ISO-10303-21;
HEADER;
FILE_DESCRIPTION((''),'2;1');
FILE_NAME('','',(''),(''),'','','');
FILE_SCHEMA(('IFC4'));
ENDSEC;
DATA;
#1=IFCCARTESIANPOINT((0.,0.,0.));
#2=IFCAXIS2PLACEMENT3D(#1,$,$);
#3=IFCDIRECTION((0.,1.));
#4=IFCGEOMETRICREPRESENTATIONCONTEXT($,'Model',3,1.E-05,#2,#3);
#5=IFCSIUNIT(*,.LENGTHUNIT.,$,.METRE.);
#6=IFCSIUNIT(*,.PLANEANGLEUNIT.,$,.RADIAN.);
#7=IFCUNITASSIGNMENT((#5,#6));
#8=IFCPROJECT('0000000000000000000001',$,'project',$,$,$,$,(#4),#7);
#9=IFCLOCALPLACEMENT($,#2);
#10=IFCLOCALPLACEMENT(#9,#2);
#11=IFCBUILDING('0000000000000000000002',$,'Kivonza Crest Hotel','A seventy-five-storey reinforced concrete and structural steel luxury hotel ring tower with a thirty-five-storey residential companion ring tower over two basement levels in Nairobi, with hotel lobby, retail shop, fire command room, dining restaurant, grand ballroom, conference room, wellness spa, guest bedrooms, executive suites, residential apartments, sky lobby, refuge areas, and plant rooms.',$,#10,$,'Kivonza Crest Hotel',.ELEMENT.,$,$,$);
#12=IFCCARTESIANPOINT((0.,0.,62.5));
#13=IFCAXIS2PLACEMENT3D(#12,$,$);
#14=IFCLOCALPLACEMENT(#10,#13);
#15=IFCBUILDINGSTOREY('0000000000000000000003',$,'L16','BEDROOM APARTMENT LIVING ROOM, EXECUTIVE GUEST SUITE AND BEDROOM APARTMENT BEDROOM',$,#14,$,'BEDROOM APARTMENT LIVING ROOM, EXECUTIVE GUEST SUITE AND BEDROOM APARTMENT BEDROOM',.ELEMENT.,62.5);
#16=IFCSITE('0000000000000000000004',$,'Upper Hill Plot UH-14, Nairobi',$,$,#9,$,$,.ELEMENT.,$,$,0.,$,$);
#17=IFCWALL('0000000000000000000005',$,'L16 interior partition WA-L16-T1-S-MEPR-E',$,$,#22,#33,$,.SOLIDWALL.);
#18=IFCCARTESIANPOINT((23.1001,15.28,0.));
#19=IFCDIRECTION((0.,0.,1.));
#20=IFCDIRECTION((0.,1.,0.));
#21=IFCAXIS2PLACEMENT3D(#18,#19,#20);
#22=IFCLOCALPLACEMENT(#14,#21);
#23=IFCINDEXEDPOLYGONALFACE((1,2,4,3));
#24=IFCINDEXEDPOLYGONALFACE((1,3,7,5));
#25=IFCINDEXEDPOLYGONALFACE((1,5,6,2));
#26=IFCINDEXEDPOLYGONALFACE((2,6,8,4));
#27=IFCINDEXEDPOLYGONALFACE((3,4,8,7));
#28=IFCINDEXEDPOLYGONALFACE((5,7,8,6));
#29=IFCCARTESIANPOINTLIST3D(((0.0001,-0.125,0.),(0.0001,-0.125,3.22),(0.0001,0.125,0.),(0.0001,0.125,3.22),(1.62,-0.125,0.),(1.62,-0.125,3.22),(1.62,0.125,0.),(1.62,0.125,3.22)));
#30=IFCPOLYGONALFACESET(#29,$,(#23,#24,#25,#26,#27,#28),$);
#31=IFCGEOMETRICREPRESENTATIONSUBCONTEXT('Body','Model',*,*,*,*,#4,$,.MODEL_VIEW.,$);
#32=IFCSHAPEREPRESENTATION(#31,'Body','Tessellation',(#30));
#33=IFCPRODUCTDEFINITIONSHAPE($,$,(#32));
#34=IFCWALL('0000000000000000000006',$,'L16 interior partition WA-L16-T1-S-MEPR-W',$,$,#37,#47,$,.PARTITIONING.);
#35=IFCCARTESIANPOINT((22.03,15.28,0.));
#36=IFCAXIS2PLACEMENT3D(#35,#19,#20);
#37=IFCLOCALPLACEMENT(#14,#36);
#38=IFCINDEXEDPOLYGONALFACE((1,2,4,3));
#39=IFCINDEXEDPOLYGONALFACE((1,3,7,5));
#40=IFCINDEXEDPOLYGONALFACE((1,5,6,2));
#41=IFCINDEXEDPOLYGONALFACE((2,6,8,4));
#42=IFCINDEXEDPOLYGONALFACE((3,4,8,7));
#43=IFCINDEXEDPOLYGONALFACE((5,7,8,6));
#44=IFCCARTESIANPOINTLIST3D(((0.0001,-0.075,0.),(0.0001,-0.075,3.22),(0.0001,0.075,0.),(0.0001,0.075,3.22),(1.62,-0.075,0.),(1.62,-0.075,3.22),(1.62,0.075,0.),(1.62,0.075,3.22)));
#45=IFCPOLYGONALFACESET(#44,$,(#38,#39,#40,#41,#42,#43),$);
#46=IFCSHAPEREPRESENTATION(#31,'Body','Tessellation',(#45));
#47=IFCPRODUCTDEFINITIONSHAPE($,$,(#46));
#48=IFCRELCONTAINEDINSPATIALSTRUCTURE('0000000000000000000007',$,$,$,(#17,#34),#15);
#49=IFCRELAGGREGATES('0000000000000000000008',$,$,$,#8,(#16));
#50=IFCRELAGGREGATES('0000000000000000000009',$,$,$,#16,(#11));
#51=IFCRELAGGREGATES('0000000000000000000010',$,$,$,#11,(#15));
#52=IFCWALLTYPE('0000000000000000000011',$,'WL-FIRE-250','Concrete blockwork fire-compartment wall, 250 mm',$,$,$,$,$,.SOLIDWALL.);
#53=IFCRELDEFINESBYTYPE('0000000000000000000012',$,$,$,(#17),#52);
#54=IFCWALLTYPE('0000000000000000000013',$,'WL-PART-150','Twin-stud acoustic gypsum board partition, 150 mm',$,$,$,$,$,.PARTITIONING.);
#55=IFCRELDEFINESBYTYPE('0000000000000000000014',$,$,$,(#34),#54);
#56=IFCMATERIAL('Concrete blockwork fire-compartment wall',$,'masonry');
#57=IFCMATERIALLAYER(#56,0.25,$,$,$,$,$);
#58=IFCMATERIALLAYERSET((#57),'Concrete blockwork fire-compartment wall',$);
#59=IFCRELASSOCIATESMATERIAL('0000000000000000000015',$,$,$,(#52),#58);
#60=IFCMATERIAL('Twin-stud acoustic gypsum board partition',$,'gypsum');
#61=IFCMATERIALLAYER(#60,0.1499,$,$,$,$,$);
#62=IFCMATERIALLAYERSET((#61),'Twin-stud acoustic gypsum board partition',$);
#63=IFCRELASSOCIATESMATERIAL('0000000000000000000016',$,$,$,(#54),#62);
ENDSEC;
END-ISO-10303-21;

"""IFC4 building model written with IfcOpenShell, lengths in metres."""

from ifc_helpers import new_model, si_unit, direction, frame, frame_2d, origin, place, context, subcontext, project, spatial, rectangle, extrude, material, layer, layer_set, type_object, element, save


model = new_model("IFC4")

# Units and contexts
model_context = context("Model", 3, precision=1e-05, world=origin(), true_north=direction((0.0, 1.0)))
body_context = subcontext(model_context, "Body", "Model", "MODEL_VIEW")
ifc_project = project(units=[si_unit("LENGTHUNIT", "METRE"), si_unit("PLANEANGLEUNIT", "RADIAN")], contexts=[model_context])

# Site, building, storey
site_placement = place(None, origin())
site = spatial("IfcSite", under=ifc_project, at=site_placement, Name="Upper Hill Plot UH-14, Nairobi", CompositionType="ELEMENT", RefElevation=0.0)
building_placement = place(site_placement, origin())
building = spatial("IfcBuilding", under=site, at=building_placement, Name="Kivonza Crest Hotel", Description="A seventy-five-storey reinforced concrete and structural steel luxury hotel ring tower with a thirty-five-storey residential companion ring tower over two basement levels in Nairobi, with hotel lobby, retail shop, fire command room, dining restaurant, grand ballroom, conference room, wellness spa, guest bedrooms, executive suites, residential apartments, sky lobby, refuge areas, and plant rooms.", LongName="Kivonza Crest Hotel", CompositionType="ELEMENT")
storey_placement = place(building_placement, frame((0.0, 0.0, 62.5)))
storey = spatial("IfcBuildingStorey", under=building, at=storey_placement, Name="L16", Description="BEDROOM APARTMENT LIVING ROOM, EXECUTIVE GUEST SUITE AND BEDROOM APARTMENT BEDROOM", LongName="BEDROOM APARTMENT LIVING ROOM, EXECUTIVE GUEST SUITE AND BEDROOM APARTMENT BEDROOM", CompositionType="ELEMENT", Elevation=62.5)

# Walls
ifc_material_1 = material(Name="Concrete blockwork fire-compartment wall", Category="masonry")
ifc_layer_1 = layer(ifc_material_1, 0.25)
ifc_layer_set_1 = layer_set([ifc_layer_1], Name="Concrete blockwork fire-compartment wall")
wall_type_1 = type_object("IfcWallType", Name="WL-FIRE-250", Description="Concrete blockwork fire-compartment wall, 250 mm", PredefinedType="SOLIDWALL", material=ifc_layer_set_1)
wall_1_placement = place(storey_placement, frame((23.1001, 15.28, 0.0), z_axis=(0.0, 0.0, 1.0), x_axis=(0.0, 1.0, 0.0)))
element("IfcWall", 1, at=wall_1_placement, inside=storey, type_object=wall_type_1, Name="L16 interior partition WA-L16-T1-S-MEPR-E", PredefinedType="SOLIDWALL", context=body_context, shape_type="SweptSolid", body=[
    extrude(rectangle(XDim=1.6199, YDim=0.25, at=frame_2d((0.8101, 0.0))), origin(), (0.0, 0.0, 1.0), 3.22),
])
ifc_material_2 = material(Name="Twin-stud acoustic gypsum board partition", Category="gypsum")
ifc_layer_2 = layer(ifc_material_2, 0.1499)
ifc_layer_set_2 = layer_set([ifc_layer_2], Name="Twin-stud acoustic gypsum board partition")
wall_type_2 = type_object("IfcWallType", Name="WL-PART-150", Description="Twin-stud acoustic gypsum board partition, 150 mm", PredefinedType="PARTITIONING", material=ifc_layer_set_2)
wall_2_placement = place(storey_placement, frame((22.03, 15.28, 0.0), z_axis=(0.0, 0.0, 1.0), x_axis=(0.0, 1.0, 0.0)))
element("IfcWall", 2, at=wall_2_placement, inside=storey, type_object=wall_type_2, Name="L16 interior partition WA-L16-T1-S-MEPR-W", PredefinedType="PARTITIONING", context=body_context, shape_type="SweptSolid", body=[
    extrude(rectangle(XDim=1.6199, YDim=0.1499, at=frame_2d((0.8101, 0.0))), origin(), (0.0, 0.0, 1.0), 3.22),
])

save(model, "model.ifc")
